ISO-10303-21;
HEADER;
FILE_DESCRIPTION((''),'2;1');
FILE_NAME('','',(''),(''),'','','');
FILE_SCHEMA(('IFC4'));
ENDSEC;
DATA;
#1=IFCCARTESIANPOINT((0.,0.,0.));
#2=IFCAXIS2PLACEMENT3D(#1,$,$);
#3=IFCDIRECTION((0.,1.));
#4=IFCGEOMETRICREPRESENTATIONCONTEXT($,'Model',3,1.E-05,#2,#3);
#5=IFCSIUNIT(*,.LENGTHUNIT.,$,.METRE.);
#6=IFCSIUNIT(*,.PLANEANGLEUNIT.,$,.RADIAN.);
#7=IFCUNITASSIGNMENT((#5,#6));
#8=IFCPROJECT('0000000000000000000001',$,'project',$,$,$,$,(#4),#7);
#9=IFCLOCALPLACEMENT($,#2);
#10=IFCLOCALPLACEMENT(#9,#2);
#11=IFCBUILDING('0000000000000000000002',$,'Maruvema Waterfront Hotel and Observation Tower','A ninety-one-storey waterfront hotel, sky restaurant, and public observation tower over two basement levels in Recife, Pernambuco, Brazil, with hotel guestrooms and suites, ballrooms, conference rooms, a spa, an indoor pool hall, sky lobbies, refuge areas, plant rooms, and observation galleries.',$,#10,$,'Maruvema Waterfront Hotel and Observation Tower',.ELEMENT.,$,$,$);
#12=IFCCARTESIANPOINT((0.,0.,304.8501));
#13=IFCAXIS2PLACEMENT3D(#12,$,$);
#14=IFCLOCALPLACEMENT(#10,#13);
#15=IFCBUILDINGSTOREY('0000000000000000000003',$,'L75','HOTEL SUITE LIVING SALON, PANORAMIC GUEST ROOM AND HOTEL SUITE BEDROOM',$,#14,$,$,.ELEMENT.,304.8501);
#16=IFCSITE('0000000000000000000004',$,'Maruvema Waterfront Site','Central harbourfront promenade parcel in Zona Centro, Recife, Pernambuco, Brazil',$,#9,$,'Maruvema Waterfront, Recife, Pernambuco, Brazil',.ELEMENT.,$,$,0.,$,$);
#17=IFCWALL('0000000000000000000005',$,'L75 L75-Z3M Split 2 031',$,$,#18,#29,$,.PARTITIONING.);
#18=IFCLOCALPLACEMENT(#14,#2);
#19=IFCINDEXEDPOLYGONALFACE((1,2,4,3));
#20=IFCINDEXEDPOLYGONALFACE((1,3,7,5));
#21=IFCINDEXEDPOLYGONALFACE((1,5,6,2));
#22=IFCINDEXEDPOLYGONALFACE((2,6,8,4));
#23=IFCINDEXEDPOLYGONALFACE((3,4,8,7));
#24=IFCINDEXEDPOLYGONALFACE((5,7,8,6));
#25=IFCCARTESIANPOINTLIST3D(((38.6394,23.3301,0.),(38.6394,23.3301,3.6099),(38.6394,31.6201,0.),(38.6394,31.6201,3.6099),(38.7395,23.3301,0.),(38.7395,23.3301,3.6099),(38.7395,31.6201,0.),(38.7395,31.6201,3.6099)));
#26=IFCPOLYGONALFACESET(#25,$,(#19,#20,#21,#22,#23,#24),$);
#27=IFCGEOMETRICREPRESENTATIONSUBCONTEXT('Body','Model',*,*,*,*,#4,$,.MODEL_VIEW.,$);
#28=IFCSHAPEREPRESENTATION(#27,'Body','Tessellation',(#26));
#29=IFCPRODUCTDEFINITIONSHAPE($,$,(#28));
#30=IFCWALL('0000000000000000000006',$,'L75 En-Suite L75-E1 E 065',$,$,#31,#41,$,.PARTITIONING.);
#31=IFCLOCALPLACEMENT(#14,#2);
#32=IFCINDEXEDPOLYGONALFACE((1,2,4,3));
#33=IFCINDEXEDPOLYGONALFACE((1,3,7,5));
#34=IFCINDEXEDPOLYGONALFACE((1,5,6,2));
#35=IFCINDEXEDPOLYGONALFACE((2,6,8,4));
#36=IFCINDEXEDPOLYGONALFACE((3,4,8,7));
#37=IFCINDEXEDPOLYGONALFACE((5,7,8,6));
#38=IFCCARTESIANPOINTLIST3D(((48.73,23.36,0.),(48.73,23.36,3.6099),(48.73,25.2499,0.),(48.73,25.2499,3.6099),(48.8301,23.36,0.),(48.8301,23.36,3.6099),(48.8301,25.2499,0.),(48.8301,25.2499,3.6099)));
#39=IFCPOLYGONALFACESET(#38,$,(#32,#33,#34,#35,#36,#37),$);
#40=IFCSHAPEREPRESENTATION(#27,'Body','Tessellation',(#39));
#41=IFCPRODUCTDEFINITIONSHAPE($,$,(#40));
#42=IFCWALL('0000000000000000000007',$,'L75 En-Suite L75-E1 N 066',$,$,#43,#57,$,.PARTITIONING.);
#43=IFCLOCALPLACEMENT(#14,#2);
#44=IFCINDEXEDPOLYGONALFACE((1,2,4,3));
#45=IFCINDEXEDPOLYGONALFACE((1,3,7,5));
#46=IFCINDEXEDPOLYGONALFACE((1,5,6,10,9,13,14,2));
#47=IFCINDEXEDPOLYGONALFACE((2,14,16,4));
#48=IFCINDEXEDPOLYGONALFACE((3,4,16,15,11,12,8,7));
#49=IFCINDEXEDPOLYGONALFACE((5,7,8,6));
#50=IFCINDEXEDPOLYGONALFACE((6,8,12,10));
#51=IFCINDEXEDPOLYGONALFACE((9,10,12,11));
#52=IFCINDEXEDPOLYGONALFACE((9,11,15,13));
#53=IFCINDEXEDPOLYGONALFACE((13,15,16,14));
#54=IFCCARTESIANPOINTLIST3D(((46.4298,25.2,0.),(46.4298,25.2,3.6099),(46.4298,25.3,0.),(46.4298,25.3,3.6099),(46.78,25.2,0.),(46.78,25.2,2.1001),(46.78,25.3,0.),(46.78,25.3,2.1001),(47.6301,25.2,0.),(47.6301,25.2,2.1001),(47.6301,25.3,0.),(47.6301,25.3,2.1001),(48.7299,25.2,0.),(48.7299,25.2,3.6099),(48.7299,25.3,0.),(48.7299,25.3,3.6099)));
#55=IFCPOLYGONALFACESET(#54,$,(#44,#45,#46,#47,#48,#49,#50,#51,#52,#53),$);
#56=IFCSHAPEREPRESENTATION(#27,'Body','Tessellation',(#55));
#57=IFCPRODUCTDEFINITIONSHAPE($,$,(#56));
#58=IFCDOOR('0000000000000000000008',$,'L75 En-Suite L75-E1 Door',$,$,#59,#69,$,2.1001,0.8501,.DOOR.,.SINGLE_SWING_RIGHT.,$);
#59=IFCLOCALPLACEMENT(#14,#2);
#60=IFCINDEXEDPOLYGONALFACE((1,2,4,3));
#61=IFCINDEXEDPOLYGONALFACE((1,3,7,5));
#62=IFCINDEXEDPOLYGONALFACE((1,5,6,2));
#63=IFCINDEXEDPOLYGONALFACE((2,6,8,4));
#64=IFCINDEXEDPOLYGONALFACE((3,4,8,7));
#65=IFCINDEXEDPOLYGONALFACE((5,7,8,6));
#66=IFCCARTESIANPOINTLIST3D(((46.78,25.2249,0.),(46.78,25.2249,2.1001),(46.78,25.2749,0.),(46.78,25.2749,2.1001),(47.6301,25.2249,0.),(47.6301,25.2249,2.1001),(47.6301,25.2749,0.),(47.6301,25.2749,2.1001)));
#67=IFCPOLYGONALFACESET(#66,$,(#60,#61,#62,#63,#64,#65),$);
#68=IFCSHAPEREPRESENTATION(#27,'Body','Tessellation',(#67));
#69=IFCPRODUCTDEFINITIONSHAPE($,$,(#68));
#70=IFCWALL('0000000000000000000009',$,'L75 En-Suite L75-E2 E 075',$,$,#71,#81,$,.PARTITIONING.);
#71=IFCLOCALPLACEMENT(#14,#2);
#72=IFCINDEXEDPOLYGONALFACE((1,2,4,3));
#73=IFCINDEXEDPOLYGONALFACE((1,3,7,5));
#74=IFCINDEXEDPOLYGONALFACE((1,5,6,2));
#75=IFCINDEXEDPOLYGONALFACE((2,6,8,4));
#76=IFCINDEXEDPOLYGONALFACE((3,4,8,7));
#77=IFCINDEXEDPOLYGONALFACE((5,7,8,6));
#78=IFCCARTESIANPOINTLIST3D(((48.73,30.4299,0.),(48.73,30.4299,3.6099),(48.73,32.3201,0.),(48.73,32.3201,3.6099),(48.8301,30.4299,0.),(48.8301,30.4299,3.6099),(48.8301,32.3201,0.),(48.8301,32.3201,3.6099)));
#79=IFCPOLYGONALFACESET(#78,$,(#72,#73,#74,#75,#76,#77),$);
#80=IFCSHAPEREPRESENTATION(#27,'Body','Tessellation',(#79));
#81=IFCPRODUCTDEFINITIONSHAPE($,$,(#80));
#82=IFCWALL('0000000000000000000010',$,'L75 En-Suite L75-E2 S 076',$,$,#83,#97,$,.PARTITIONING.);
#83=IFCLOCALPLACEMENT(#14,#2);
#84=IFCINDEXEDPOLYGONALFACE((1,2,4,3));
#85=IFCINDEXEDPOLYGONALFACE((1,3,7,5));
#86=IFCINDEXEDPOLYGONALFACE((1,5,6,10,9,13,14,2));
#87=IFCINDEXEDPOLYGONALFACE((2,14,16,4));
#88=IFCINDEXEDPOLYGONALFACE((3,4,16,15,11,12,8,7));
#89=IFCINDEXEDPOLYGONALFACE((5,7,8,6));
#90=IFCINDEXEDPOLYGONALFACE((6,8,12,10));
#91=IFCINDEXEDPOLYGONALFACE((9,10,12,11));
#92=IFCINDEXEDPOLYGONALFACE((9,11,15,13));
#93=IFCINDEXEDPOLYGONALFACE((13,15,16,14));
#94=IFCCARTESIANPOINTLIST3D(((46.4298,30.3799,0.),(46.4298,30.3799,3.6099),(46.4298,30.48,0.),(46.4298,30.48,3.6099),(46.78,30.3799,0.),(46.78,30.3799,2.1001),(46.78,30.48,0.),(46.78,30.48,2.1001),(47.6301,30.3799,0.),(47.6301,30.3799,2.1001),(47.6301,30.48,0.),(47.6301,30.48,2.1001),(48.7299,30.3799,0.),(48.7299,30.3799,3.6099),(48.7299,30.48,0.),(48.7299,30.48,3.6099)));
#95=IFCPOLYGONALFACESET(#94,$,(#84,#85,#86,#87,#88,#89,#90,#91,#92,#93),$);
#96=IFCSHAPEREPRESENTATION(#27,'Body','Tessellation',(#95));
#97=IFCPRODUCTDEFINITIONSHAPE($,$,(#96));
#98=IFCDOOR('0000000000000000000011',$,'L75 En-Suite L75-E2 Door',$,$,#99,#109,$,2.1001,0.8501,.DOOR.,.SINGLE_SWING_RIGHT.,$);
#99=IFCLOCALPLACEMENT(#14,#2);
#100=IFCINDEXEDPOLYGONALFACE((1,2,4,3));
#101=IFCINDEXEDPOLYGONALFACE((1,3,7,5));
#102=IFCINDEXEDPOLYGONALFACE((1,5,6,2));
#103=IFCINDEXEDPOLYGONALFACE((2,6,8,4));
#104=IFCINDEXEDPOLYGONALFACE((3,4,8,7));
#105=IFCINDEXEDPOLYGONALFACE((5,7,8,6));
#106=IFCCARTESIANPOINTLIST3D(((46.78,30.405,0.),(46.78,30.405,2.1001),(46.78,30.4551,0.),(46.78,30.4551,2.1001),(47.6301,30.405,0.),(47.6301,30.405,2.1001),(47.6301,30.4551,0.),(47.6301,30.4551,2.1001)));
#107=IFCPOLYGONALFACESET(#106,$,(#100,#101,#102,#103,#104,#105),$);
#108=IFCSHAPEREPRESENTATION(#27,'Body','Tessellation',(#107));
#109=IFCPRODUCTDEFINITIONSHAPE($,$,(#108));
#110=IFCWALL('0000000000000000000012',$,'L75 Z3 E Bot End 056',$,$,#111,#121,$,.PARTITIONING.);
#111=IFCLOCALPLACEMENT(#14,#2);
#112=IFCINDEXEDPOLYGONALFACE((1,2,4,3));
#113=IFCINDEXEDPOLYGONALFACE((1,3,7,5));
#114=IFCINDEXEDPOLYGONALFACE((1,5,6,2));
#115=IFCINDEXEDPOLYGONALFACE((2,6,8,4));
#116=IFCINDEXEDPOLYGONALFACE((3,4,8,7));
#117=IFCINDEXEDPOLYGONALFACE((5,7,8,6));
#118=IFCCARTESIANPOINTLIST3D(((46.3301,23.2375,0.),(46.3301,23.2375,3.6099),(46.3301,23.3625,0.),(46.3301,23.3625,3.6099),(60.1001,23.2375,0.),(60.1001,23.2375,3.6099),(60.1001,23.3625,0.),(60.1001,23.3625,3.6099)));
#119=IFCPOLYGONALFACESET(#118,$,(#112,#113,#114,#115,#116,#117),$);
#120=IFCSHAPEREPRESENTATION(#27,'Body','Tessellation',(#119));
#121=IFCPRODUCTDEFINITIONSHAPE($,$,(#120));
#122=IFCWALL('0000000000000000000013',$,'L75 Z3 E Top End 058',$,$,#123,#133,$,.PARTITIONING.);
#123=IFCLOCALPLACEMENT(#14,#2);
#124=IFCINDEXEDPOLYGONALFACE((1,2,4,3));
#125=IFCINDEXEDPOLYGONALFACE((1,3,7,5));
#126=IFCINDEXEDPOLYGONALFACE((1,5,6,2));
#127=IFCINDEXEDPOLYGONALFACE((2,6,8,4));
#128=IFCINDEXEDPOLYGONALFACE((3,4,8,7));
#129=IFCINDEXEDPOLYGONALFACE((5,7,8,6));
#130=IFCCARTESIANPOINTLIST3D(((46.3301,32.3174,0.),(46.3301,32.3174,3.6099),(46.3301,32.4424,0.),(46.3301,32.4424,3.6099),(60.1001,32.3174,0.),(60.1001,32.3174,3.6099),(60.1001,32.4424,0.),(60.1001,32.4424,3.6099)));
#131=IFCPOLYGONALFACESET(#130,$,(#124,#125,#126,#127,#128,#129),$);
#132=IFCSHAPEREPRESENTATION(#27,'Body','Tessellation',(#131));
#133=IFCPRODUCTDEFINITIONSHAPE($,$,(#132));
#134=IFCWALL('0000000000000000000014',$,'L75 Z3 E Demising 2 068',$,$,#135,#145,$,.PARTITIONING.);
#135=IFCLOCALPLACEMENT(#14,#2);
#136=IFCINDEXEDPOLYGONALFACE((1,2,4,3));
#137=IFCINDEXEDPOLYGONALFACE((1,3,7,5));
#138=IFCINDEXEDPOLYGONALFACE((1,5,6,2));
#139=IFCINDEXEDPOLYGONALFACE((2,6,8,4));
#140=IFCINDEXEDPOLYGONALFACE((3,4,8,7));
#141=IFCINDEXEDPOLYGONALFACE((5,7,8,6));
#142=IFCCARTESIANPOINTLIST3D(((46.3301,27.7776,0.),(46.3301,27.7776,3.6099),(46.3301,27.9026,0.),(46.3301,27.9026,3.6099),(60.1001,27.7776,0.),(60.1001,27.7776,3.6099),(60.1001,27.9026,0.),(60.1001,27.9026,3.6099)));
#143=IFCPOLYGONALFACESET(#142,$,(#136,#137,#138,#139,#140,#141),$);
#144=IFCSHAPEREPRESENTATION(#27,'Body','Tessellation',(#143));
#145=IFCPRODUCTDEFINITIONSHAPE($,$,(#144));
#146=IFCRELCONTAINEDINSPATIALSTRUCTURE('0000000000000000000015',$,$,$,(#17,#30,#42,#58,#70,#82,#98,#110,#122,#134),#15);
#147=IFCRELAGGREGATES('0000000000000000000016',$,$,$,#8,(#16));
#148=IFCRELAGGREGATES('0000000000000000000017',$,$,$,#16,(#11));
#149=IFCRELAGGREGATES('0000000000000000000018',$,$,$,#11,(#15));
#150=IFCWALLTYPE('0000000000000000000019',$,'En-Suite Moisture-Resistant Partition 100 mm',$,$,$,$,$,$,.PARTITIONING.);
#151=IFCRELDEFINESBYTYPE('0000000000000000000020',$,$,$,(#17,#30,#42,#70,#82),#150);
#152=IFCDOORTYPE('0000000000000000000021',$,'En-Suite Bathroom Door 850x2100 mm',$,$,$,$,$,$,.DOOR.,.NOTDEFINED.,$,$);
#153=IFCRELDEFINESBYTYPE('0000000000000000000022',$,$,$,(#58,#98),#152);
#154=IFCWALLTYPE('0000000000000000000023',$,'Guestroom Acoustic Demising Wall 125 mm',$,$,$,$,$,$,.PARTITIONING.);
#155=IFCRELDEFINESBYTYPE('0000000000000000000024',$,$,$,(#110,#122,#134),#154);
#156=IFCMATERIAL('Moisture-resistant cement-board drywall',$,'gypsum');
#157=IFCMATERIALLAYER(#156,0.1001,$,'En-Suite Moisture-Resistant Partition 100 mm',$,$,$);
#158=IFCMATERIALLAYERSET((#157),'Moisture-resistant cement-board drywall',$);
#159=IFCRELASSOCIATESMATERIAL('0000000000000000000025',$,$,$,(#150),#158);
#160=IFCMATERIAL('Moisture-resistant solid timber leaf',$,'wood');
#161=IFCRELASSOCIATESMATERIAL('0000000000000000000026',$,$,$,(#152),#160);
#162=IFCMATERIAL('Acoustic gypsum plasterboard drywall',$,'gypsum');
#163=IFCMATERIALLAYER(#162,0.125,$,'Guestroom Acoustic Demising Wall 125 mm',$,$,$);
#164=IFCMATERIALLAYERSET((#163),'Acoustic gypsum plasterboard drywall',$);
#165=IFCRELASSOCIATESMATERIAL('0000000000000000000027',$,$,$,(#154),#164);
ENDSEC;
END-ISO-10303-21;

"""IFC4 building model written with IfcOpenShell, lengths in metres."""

from ifc_helpers import new_model, si_unit, direction, frame, frame_2d, origin, place, context, subcontext, project, spatial, rectangle, extrude, material, layer, layer_set, type_object, element, fill, save


model = new_model("IFC4")

# Units and contexts
model_context = context("Model", 3, precision=1e-05, world=origin(), true_north=direction((0.0, 1.0)))
body_context = subcontext(model_context, "Body", "Model", "MODEL_VIEW")
ifc_project = project(units=[si_unit("LENGTHUNIT", "METRE"), si_unit("PLANEANGLEUNIT", "RADIAN")], contexts=[model_context])

# Site, building, storey
site_placement = place(None, origin())
site = spatial("IfcSite", under=ifc_project, at=site_placement, Name="Maruvema Waterfront Site", Description="Central harbourfront promenade parcel in Zona Centro, Recife, Pernambuco, Brazil", LongName="Maruvema Waterfront, Recife, Pernambuco, Brazil", CompositionType="ELEMENT", RefElevation=0.0)
building_placement = place(site_placement, origin())
building = spatial("IfcBuilding", under=site, at=building_placement, Name="Maruvema Waterfront Hotel and Observation Tower", Description="A ninety-one-storey waterfront hotel, sky restaurant, and public observation tower over two basement levels in Recife, Pernambuco, Brazil, with hotel guestrooms and suites, ballrooms, conference rooms, a spa, an indoor pool hall, sky lobbies, refuge areas, plant rooms, and observation galleries.", LongName="Maruvema Waterfront Hotel and Observation Tower", CompositionType="ELEMENT")
storey_placement = place(building_placement, frame((0.0, 0.0, 304.8501)))
storey = spatial("IfcBuildingStorey", under=building, at=storey_placement, Name="L75", Description="HOTEL SUITE LIVING SALON, PANORAMIC GUEST ROOM AND HOTEL SUITE BEDROOM", CompositionType="ELEMENT", Elevation=304.8501)

# Walls
ifc_material_1 = material(Name="Moisture-resistant cement-board drywall", Category="gypsum")
ifc_layer_1 = layer(ifc_material_1, 0.1001, Name="En-Suite Moisture-Resistant Partition 100 mm")
ifc_layer_set_1 = layer_set([ifc_layer_1], Name="Moisture-resistant cement-board drywall")
wall_type_1 = type_object("IfcWallType", Name="En-Suite Moisture-Resistant Partition 100 mm", PredefinedType="PARTITIONING", material=ifc_layer_set_1)
wall_1_placement = place(storey_placement, frame((38.6895, 23.3301, 0.0), z_axis=(0.0, 0.0, 1.0), x_axis=(0.0, 1.0, 0.0)))
element("IfcWall", 1, at=wall_1_placement, inside=storey, type_object=wall_type_1, Name="L75 L75-Z3M Split 2 031", PredefinedType="PARTITIONING", context=body_context, shape_type="SweptSolid", body=[
    extrude(rectangle(XDim=8.29, YDim=0.1001, at=frame_2d((4.145, 0.0))), origin(), (0.0, 0.0, 1.0), 3.6099),
])
wall_2_placement = place(storey_placement, frame((48.78, 23.3601, 0.0), z_axis=(0.0, 0.0, 1.0), x_axis=(0.0, 1.0, 0.0)))
element("IfcWall", 2, at=wall_2_placement, inside=storey, type_object=wall_type_1, Name="L75 En-Suite L75-E1 E 065", PredefinedType="PARTITIONING", context=body_context, shape_type="SweptSolid", body=[
    extrude(rectangle(XDim=1.8899, YDim=0.1001, at=frame_2d((0.9448, 0.0))), origin(), (0.0, 0.0, 1.0), 3.6099),
])

# Wall, opening, door
wall_3_placement = place(storey_placement, frame((46.4299, 25.25, 0.0), z_axis=(0.0, 0.0, 1.0), x_axis=(1.0, 0.0, 0.0)))
wall_3 = element("IfcWall", 3, at=wall_3_placement, inside=storey, type_object=wall_type_1, Name="L75 En-Suite L75-E1 N 066", PredefinedType="PARTITIONING", context=body_context, shape_type="SweptSolid", body=[
    extrude(rectangle(XDim=2.3, YDim=0.1001, at=frame_2d((1.1499, 0.0))), origin(), (0.0, 0.0, 1.0), 3.6099),
])
opening_1_placement = place(wall_3_placement, frame((0.3501, 0.0, 0.0)))
opening_1 = element("IfcOpeningElement", 4, at=opening_1_placement, cuts=wall_3, PredefinedType="OPENING", context=body_context, shape_type="SweptSolid", body=[
    extrude(rectangle(XDim=0.8501, YDim=2.1001, at=frame_2d((0.425, 1.05))), frame((0.0, 0.0601, 0.0), z_axis=(0.0, -1.0, 0.0), x_axis=(1.0, 0.0, 0.0)), (0.0, 0.0, 1.0), 0.1201),
])
ifc_material_2 = material(Name="Moisture-resistant solid timber leaf", Category="wood")
door_type_1 = type_object("IfcDoorType", Name="En-Suite Bathroom Door 850x2100 mm", OperationType="NOTDEFINED", PredefinedType="DOOR", material=ifc_material_2)
door_1_placement = place(opening_1_placement, origin())
door_1 = element("IfcDoor", 5, at=door_1_placement, inside=storey, type_object=door_type_1, Name="L75 En-Suite L75-E1 Door", OperationType="SINGLE_SWING_RIGHT", OverallHeight=2.1001, OverallWidth=0.8501, PredefinedType="DOOR", context=body_context, shape_type="SweptSolid", body=[
    extrude(rectangle(XDim=0.8501, YDim=2.1001, at=frame_2d((0.425, 1.05))), frame((0.0, 0.0249, 0.0), z_axis=(0.0, -1.0, 0.0), x_axis=(1.0, 0.0, 0.0)), (0.0, 0.0, 1.0), 0.05),
])
fill(opening_1, door_1)

# Wall
wall_4_placement = place(storey_placement, frame((48.78, 30.4299, 0.0), z_axis=(0.0, 0.0, 1.0), x_axis=(0.0, 1.0, 0.0)))
element("IfcWall", 6, at=wall_4_placement, inside=storey, type_object=wall_type_1, Name="L75 En-Suite L75-E2 E 075", PredefinedType="PARTITIONING", context=body_context, shape_type="SweptSolid", body=[
    extrude(rectangle(XDim=1.8901, YDim=0.1001, at=frame_2d((0.9451, 0.0))), origin(), (0.0, 0.0, 1.0), 3.6099),
])

# Wall, opening, door
wall_5_placement = place(storey_placement, frame((46.4299, 30.4299, 0.0), z_axis=(0.0, 0.0, 1.0), x_axis=(1.0, 0.0, 0.0)))
wall_5 = element("IfcWall", 7, at=wall_5_placement, inside=storey, type_object=wall_type_1, Name="L75 En-Suite L75-E2 S 076", PredefinedType="PARTITIONING", context=body_context, shape_type="SweptSolid", body=[
    extrude(rectangle(XDim=2.3, YDim=0.1001, at=frame_2d((1.1499, 0.0))), origin(), (0.0, 0.0, 1.0), 3.6099),
])
opening_2_placement = place(wall_5_placement, frame((0.3501, 0.0, 0.0)))
opening_2 = element("IfcOpeningElement", 8, at=opening_2_placement, cuts=wall_5, PredefinedType="OPENING", context=body_context, shape_type="SweptSolid", body=[
    extrude(rectangle(XDim=0.8501, YDim=2.1001, at=frame_2d((0.425, 1.05))), frame((0.0, 0.0601, 0.0), z_axis=(0.0, -1.0, 0.0), x_axis=(1.0, 0.0, 0.0)), (0.0, 0.0, 1.0), 0.1201),
])
door_2_placement = place(opening_2_placement, frame((0.8501, 0.0, 0.0), z_axis=(0.0, 0.0, 1.0), x_axis=(-1.0, 0.0, 0.0)))
door_2 = element("IfcDoor", 9, at=door_2_placement, inside=storey, type_object=door_type_1, Name="L75 En-Suite L75-E2 Door", OperationType="SINGLE_SWING_RIGHT", OverallHeight=2.1001, OverallWidth=0.8501, PredefinedType="DOOR", context=body_context, shape_type="SweptSolid", body=[
    extrude(rectangle(XDim=0.8501, YDim=2.1001, at=frame_2d((0.425, 1.05))), frame((0.0, 0.0249, 0.0), z_axis=(0.0, -1.0, 0.0), x_axis=(1.0, 0.0, 0.0)), (0.0, 0.0, 1.0), 0.05),
])
fill(opening_2, door_2)

# Walls
ifc_material_3 = material(Name="Acoustic gypsum plasterboard drywall", Category="gypsum")
ifc_layer_2 = layer(ifc_material_3, 0.125, Name="Guestroom Acoustic Demising Wall 125 mm")
ifc_layer_set_2 = layer_set([ifc_layer_2], Name="Acoustic gypsum plasterboard drywall")
wall_type_2 = type_object("IfcWallType", Name="Guestroom Acoustic Demising Wall 125 mm", PredefinedType="PARTITIONING", material=ifc_layer_set_2)
for number, where, z_axis, x_axis, name in (
    (10, (46.3301, 23.3, 0.0), (0.0, 0.0, 1.0), (1.0, 0.0, 0.0), "L75 Z3 E Bot End 056"),
    (11, (46.3301, 32.3799, 0.0), (0.0, 0.0, 1.0), (1.0, 0.0, 0.0), "L75 Z3 E Top End 058"),
    (12, (46.3301, 27.8401, 0.0), (0.0, 0.0, 1.0), (1.0, 0.0, 0.0), "L75 Z3 E Demising 2 068"),
):
    element("IfcWall", number, at=place(storey_placement, frame(where, z_axis=z_axis, x_axis=x_axis)), inside=storey, type_object=wall_type_2, Name=name, PredefinedType="PARTITIONING", context=body_context, shape_type="SweptSolid", body=[
        extrude(rectangle(XDim=13.77, YDim=0.125, at=frame_2d((6.885, 0.0))), origin(), (0.0, 0.0, 1.0), 3.6099),
    ])

save(model, "model.ifc")
